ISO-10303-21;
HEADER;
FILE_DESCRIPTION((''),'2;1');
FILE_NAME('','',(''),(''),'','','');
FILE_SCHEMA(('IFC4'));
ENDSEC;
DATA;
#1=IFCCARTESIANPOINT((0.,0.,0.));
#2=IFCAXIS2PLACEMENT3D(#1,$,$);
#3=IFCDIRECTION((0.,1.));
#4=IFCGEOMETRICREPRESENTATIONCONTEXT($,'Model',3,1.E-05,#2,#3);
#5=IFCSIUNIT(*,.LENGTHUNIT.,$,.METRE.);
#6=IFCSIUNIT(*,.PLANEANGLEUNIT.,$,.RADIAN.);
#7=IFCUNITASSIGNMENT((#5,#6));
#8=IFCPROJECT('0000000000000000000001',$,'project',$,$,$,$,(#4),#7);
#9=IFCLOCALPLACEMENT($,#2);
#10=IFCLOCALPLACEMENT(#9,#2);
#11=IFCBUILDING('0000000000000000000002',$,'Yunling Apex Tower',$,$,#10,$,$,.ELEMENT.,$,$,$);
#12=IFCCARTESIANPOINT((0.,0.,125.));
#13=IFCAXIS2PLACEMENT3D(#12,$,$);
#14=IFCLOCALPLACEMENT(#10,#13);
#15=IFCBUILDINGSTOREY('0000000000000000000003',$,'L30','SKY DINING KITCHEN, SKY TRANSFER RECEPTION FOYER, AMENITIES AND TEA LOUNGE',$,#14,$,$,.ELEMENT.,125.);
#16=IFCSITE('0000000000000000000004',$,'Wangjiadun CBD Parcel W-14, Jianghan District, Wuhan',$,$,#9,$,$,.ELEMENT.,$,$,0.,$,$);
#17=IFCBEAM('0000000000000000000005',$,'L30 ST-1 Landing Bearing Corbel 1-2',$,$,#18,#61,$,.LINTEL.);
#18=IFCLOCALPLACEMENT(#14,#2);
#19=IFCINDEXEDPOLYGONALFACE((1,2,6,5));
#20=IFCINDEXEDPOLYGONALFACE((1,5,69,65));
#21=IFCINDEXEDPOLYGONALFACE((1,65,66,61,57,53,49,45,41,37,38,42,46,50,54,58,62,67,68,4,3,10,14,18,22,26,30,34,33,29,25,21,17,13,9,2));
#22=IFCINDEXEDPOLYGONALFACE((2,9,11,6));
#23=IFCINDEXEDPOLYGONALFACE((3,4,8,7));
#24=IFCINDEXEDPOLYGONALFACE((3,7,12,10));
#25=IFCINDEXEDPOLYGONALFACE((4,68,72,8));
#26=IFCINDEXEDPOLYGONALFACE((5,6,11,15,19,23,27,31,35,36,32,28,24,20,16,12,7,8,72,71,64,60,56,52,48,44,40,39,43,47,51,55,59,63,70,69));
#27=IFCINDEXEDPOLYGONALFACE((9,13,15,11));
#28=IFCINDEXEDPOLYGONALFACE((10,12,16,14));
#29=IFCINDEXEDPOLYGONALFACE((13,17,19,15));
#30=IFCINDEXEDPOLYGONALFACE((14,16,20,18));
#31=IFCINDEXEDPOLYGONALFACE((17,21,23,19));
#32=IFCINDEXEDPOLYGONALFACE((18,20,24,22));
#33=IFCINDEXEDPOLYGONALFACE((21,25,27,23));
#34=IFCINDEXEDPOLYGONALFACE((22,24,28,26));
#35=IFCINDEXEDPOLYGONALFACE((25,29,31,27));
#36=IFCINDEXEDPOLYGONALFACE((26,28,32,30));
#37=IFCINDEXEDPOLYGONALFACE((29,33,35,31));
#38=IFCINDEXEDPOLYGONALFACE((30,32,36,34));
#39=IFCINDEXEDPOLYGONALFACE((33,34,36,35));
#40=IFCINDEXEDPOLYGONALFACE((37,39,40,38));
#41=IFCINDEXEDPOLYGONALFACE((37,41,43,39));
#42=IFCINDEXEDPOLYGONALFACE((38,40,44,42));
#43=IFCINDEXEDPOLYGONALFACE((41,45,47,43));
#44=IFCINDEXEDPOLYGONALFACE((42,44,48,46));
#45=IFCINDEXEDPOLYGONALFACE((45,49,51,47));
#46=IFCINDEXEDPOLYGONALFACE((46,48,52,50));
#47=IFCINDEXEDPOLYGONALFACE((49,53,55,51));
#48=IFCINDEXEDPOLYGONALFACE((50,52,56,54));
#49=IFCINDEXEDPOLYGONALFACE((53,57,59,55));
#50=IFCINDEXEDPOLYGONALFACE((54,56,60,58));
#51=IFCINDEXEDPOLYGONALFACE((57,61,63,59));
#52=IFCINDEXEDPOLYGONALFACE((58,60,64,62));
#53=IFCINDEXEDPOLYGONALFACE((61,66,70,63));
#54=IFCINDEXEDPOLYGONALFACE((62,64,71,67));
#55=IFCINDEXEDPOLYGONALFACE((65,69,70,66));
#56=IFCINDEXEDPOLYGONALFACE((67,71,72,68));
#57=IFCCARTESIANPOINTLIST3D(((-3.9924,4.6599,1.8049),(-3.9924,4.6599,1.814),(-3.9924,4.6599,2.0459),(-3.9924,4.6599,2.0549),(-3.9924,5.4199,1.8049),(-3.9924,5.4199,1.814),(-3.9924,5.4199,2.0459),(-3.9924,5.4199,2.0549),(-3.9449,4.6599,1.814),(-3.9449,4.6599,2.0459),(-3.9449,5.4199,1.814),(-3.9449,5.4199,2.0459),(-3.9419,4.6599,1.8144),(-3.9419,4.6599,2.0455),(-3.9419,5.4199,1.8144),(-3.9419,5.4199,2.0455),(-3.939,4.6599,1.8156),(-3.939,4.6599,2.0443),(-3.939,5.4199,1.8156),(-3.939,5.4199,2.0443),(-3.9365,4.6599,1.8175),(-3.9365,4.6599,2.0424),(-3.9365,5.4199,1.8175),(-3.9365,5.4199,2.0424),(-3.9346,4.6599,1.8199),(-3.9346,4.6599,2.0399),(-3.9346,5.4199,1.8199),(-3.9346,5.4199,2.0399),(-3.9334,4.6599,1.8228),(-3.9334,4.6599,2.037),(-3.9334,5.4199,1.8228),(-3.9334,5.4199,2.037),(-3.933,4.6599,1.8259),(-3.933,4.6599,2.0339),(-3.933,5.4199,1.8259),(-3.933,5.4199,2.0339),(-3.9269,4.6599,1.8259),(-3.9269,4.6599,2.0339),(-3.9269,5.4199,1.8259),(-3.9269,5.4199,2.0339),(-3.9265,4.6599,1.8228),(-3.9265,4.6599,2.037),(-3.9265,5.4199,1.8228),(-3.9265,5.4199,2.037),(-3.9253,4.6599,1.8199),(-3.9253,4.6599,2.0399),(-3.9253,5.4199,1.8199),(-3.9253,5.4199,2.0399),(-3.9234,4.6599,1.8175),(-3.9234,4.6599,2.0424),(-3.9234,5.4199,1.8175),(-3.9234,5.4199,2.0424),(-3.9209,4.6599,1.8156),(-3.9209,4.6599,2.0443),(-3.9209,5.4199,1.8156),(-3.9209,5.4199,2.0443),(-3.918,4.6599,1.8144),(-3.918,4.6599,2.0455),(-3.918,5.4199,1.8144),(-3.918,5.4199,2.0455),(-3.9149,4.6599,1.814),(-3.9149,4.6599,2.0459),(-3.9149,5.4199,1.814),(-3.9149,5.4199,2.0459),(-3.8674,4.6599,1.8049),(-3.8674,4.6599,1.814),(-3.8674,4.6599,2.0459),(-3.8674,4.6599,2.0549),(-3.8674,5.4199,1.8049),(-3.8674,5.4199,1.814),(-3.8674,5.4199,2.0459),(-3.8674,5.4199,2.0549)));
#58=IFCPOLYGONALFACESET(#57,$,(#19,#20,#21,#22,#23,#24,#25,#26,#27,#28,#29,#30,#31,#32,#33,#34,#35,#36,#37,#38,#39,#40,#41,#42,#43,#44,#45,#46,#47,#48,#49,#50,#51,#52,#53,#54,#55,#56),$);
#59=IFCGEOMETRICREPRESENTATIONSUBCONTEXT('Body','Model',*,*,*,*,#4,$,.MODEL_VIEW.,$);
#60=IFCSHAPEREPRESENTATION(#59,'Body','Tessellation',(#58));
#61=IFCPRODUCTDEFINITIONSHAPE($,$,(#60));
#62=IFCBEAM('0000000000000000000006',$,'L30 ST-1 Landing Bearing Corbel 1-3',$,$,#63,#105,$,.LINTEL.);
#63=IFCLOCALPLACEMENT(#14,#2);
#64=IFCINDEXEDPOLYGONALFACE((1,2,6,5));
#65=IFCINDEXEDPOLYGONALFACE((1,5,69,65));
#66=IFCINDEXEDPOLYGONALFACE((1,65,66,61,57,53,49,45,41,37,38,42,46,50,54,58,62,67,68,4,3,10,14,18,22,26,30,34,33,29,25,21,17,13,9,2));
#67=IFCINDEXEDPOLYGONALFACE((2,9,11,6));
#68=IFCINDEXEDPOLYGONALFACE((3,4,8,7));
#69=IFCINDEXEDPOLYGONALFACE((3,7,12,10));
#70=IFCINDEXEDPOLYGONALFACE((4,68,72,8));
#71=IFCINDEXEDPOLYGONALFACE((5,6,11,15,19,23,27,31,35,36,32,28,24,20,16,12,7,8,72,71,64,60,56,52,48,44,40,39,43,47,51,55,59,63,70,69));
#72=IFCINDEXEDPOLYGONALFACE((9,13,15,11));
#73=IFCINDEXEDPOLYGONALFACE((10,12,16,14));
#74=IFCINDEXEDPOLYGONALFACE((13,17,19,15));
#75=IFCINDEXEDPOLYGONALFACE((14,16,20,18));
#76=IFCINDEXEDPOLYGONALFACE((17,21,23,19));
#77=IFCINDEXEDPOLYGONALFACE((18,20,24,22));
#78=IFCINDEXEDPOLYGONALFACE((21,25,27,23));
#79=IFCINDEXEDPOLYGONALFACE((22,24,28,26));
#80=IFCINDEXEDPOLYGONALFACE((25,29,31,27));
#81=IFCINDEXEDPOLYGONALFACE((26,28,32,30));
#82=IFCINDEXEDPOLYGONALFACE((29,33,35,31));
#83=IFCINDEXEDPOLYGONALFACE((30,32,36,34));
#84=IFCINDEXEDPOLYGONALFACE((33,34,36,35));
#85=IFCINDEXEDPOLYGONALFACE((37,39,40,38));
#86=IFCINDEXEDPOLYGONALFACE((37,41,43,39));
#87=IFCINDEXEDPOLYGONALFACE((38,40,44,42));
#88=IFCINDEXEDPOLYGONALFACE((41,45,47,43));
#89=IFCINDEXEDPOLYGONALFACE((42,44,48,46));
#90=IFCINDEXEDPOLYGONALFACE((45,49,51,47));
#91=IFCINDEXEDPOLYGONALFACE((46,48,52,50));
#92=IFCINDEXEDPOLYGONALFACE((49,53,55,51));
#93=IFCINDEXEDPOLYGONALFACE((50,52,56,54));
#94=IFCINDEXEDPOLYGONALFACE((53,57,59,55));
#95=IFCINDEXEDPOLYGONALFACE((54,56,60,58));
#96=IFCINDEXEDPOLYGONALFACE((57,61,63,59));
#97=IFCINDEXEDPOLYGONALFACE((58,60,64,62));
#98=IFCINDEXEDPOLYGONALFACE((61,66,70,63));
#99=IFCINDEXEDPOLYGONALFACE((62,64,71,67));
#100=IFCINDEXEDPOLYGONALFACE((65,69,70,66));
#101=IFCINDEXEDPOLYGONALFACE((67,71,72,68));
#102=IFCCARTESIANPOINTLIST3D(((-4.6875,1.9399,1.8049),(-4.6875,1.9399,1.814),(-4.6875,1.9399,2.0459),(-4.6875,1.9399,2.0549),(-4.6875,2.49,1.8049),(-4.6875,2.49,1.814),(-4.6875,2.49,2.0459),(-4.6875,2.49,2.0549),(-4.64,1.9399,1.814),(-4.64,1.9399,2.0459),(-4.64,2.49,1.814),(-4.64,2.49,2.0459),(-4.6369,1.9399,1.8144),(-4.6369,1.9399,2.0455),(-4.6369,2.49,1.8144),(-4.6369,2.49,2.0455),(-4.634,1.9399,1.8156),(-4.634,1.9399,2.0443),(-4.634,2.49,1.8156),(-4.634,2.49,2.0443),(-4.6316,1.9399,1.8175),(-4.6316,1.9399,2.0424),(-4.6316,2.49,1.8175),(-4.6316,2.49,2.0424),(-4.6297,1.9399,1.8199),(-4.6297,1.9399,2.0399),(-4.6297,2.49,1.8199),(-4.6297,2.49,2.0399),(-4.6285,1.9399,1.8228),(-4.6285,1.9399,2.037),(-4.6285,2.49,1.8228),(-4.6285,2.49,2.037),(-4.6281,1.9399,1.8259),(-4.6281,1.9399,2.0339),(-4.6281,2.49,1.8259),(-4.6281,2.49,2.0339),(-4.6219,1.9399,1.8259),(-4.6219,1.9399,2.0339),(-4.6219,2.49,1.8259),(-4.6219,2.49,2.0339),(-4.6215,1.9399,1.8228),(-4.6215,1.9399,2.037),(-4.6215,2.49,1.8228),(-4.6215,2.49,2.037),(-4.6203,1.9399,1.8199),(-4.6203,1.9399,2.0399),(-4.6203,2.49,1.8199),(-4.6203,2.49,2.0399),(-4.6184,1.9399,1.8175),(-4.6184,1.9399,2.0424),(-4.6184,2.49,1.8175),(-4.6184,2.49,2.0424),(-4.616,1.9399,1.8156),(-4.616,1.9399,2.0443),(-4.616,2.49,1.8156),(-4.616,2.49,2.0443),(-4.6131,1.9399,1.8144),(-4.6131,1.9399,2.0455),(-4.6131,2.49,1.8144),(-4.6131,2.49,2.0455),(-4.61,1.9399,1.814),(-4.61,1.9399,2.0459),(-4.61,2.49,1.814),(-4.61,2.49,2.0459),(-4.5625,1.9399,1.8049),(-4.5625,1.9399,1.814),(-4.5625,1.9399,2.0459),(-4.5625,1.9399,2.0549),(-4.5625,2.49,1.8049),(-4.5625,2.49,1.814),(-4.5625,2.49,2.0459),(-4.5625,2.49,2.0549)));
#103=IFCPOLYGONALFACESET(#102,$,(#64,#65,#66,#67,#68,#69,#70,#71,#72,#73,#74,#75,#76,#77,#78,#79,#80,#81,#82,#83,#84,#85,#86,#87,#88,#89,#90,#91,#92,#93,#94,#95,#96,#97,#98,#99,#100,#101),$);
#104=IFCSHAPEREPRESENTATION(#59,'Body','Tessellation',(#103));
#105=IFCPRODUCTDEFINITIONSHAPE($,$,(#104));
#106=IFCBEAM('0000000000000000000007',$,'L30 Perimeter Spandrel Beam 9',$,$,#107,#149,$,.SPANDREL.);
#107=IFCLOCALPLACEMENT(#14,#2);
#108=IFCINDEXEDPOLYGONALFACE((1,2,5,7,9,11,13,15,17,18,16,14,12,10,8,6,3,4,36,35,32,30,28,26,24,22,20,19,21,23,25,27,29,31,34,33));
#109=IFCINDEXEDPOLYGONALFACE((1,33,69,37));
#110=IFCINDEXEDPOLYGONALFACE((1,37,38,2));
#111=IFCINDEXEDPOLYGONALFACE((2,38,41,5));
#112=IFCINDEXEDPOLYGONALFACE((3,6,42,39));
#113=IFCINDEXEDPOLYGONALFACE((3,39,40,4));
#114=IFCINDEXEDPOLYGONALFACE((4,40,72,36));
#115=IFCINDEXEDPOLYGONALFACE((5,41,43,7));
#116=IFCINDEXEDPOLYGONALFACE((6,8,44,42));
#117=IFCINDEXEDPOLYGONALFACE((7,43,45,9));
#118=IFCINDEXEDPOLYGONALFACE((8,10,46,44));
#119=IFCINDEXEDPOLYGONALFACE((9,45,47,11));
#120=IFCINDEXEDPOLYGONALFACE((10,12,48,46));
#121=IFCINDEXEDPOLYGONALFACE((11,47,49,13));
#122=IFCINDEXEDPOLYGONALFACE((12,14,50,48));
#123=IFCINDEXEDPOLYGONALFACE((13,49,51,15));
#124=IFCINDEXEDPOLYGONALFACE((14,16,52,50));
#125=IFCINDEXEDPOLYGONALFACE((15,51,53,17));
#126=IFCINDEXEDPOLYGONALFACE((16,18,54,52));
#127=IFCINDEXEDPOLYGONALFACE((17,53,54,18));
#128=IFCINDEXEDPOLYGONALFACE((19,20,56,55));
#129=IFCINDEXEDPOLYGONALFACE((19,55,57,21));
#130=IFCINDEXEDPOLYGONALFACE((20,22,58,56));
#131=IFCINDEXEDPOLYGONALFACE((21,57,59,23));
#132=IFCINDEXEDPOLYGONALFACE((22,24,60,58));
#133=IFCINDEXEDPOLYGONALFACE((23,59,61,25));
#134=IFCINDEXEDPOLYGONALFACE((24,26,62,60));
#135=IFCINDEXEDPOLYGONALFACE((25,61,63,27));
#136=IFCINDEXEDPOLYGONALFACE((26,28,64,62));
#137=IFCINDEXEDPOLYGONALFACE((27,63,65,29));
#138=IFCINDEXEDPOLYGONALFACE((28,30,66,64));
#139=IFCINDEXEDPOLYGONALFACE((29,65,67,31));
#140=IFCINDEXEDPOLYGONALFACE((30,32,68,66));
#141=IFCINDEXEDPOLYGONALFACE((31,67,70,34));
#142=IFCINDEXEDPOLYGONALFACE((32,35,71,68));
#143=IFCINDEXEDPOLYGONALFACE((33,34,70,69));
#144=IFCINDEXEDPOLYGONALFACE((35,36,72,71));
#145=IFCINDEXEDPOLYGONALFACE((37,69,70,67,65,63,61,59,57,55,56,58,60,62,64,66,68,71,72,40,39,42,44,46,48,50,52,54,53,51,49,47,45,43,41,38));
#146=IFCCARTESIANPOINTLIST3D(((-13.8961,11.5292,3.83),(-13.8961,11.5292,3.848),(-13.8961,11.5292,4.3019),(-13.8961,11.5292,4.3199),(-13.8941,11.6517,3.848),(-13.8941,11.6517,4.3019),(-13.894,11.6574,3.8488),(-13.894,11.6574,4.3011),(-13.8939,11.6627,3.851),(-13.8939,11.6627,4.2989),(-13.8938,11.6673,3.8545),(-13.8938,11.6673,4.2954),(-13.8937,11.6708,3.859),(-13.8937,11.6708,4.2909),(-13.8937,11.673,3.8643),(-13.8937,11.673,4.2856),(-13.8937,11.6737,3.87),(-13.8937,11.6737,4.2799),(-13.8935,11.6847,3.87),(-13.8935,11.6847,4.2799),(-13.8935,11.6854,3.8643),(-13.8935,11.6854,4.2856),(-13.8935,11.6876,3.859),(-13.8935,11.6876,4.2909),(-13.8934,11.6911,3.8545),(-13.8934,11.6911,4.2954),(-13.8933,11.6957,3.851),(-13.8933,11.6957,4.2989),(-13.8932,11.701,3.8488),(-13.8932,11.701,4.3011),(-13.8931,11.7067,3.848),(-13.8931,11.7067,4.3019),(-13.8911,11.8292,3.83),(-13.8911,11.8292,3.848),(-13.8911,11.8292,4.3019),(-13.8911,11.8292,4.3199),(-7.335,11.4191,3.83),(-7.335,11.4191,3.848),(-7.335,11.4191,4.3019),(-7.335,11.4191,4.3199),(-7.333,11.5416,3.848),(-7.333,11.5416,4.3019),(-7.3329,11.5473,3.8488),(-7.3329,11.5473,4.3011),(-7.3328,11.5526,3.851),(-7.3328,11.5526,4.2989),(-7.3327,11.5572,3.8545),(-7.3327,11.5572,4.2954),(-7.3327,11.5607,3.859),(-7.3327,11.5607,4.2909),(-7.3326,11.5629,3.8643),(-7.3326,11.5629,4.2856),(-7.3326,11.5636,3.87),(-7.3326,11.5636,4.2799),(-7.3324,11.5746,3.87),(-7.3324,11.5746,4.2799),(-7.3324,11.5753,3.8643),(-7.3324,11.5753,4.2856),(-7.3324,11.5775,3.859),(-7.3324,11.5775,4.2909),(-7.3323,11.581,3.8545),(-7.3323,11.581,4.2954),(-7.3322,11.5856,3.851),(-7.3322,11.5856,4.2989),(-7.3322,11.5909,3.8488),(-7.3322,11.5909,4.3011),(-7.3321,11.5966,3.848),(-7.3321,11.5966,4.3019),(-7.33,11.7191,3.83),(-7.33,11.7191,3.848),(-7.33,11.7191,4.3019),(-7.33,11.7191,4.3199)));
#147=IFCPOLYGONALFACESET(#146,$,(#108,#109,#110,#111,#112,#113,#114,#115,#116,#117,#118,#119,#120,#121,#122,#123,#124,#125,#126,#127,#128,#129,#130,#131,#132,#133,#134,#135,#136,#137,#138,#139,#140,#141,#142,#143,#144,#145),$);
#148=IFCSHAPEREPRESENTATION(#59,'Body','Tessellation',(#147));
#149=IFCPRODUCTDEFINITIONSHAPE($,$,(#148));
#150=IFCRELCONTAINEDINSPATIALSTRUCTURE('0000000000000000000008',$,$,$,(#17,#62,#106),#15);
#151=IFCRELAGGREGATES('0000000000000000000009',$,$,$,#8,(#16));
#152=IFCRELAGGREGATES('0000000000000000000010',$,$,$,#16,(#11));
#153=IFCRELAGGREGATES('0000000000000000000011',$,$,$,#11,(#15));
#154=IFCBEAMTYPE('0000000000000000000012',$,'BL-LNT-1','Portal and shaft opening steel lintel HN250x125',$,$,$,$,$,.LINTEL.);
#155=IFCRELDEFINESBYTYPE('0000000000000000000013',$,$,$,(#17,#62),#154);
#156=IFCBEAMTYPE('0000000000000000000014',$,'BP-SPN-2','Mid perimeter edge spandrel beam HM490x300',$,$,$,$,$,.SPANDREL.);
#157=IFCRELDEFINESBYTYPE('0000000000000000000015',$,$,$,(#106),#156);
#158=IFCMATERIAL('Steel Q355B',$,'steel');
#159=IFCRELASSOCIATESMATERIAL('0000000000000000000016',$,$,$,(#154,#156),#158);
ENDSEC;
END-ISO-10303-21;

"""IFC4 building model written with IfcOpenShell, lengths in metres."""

from ifc_helpers import new_model, si_unit, direction, frame, origin, origin_2d, place, context, subcontext, project, spatial, i_section, extrude, source, transform, mapped, material, material_profile, profile_set, type_object, element, save


model = new_model("IFC4")

# Units and contexts
model_context = context("Model", 3, precision=1e-05, world=origin(), true_north=direction((0.0, 1.0)))
body_context = subcontext(model_context, "Body", "Model", "MODEL_VIEW")
ifc_project = project(units=[si_unit("LENGTHUNIT", "METRE"), si_unit("PLANEANGLEUNIT", "RADIAN")], contexts=[model_context])

# Site, building, storey
site_placement = place(None, origin())
site = spatial("IfcSite", under=ifc_project, at=site_placement, Name="Wangjiadun CBD Parcel W-14, Jianghan District, Wuhan", CompositionType="ELEMENT", RefElevation=0.0)
building_placement = place(site_placement, origin())
building = spatial("IfcBuilding", under=site, at=building_placement, Name="Yunling Apex Tower", CompositionType="ELEMENT")
storey_placement = place(building_placement, frame((0.0, 0.0, 125.0)))
storey = spatial("IfcBuildingStorey", under=building, at=storey_placement, Name="L30", Description="SKY DINING KITCHEN, SKY TRANSFER RECEPTION FOYER, AMENITIES AND TEA LOUNGE", CompositionType="ELEMENT", Elevation=125.0)

# Beams
ifc_material_1 = material(Name="Steel Q355B", Category="steel")
ifc_material_profile_1 = material_profile(ifc_material_1, i_section(OverallWidth=0.125, OverallDepth=0.25, WebThickness=0.0061, FlangeThickness=0.009, FilletRadius=0.012, at=origin_2d()))
ifc_profile_set_1 = profile_set([ifc_material_profile_1], Name="Steel Q355B")
beam_type_1 = type_object("IfcBeamType", Name="BL-LNT-1", Description="Portal and shaft opening steel lintel HN250x125", PredefinedType="LINTEL", material=ifc_profile_set_1)
shared_shape_1 = source(origin(), body_context, "Body", "SweptSolid", [
    extrude(i_section(OverallWidth=0.125, OverallDepth=0.25, WebThickness=0.0061, FlangeThickness=0.009, FilletRadius=0.012, at=origin_2d()), origin(), (0.0, 0.0, 1.0), 0.76),
])
for number, where, z_axis, x_axis, name in (
    (1, (-3.9299, 5.4199, 1.9299), (0.0, -1.0, 0.0), (1.0, 0.0, 0.0), "L30 ST-1 Landing Bearing Corbel 1-2"),
):
    element("IfcBeam", number, at=place(storey_placement, frame(where, z_axis=z_axis, x_axis=x_axis)), inside=storey, type_object=beam_type_1, Name=name, PredefinedType="LINTEL", context=body_context, shape_type="MappedRepresentation", body=[
        mapped(shared_shape_1, transform((0.0, 0.0, 0.0), scale=1.0)),
    ])
shared_shape_2 = source(origin(), body_context, "Body", "SweptSolid", [
    extrude(i_section(OverallWidth=0.125, OverallDepth=0.25, WebThickness=0.0061, FlangeThickness=0.009, FilletRadius=0.012, at=origin_2d()), origin(), (0.0, 0.0, 1.0), 0.55),
])
beam_1_placement = place(storey_placement, frame((-4.625, 1.9399, 1.9299), z_axis=(0.0, 1.0, 0.0), x_axis=(-1.0, 0.0, 0.0)))
element("IfcBeam", 2, at=beam_1_placement, inside=storey, type_object=beam_type_1, Name="L30 ST-1 Landing Bearing Corbel 1-3", PredefinedType="LINTEL", context=body_context, shape_type="MappedRepresentation", body=[
    mapped(shared_shape_2, transform((0.0, 0.0, 0.0), scale=1.0)),
])
ifc_material_profile_2 = material_profile(ifc_material_1, i_section(OverallWidth=0.3, OverallDepth=0.49, WebThickness=0.011, FlangeThickness=0.0181, FilletRadius=0.022, at=origin_2d()))
ifc_profile_set_2 = profile_set([ifc_material_profile_2], Name="Steel Q355B")
beam_type_2 = type_object("IfcBeamType", Name="BP-SPN-2", Description="Mid perimeter edge spandrel beam HM490x300", PredefinedType="SPANDREL", material=ifc_profile_set_2)
shared_shape_3 = source(origin(), body_context, "Body", "SweptSolid", [
    extrude(i_section(OverallWidth=0.3, OverallDepth=0.49, WebThickness=0.011, FlangeThickness=0.0181, FilletRadius=0.022, at=origin_2d()), origin(), (0.0, 0.0, 1.0), 6.562),
])
beam_2_placement = place(storey_placement, frame((-7.3325, 11.5691, 4.075), z_axis=(-0.999859, 0.01678, 0.0), x_axis=(-0.01678, -0.999859, 0.0)))
element("IfcBeam", 3, at=beam_2_placement, inside=storey, type_object=beam_type_2, Name="L30 Perimeter Spandrel Beam 9", PredefinedType="SPANDREL", context=body_context, shape_type="MappedRepresentation", body=[
    mapped(shared_shape_3, transform((0.0, 0.0, 0.0), scale=1.0)),
])

save(model, "model.ifc")
